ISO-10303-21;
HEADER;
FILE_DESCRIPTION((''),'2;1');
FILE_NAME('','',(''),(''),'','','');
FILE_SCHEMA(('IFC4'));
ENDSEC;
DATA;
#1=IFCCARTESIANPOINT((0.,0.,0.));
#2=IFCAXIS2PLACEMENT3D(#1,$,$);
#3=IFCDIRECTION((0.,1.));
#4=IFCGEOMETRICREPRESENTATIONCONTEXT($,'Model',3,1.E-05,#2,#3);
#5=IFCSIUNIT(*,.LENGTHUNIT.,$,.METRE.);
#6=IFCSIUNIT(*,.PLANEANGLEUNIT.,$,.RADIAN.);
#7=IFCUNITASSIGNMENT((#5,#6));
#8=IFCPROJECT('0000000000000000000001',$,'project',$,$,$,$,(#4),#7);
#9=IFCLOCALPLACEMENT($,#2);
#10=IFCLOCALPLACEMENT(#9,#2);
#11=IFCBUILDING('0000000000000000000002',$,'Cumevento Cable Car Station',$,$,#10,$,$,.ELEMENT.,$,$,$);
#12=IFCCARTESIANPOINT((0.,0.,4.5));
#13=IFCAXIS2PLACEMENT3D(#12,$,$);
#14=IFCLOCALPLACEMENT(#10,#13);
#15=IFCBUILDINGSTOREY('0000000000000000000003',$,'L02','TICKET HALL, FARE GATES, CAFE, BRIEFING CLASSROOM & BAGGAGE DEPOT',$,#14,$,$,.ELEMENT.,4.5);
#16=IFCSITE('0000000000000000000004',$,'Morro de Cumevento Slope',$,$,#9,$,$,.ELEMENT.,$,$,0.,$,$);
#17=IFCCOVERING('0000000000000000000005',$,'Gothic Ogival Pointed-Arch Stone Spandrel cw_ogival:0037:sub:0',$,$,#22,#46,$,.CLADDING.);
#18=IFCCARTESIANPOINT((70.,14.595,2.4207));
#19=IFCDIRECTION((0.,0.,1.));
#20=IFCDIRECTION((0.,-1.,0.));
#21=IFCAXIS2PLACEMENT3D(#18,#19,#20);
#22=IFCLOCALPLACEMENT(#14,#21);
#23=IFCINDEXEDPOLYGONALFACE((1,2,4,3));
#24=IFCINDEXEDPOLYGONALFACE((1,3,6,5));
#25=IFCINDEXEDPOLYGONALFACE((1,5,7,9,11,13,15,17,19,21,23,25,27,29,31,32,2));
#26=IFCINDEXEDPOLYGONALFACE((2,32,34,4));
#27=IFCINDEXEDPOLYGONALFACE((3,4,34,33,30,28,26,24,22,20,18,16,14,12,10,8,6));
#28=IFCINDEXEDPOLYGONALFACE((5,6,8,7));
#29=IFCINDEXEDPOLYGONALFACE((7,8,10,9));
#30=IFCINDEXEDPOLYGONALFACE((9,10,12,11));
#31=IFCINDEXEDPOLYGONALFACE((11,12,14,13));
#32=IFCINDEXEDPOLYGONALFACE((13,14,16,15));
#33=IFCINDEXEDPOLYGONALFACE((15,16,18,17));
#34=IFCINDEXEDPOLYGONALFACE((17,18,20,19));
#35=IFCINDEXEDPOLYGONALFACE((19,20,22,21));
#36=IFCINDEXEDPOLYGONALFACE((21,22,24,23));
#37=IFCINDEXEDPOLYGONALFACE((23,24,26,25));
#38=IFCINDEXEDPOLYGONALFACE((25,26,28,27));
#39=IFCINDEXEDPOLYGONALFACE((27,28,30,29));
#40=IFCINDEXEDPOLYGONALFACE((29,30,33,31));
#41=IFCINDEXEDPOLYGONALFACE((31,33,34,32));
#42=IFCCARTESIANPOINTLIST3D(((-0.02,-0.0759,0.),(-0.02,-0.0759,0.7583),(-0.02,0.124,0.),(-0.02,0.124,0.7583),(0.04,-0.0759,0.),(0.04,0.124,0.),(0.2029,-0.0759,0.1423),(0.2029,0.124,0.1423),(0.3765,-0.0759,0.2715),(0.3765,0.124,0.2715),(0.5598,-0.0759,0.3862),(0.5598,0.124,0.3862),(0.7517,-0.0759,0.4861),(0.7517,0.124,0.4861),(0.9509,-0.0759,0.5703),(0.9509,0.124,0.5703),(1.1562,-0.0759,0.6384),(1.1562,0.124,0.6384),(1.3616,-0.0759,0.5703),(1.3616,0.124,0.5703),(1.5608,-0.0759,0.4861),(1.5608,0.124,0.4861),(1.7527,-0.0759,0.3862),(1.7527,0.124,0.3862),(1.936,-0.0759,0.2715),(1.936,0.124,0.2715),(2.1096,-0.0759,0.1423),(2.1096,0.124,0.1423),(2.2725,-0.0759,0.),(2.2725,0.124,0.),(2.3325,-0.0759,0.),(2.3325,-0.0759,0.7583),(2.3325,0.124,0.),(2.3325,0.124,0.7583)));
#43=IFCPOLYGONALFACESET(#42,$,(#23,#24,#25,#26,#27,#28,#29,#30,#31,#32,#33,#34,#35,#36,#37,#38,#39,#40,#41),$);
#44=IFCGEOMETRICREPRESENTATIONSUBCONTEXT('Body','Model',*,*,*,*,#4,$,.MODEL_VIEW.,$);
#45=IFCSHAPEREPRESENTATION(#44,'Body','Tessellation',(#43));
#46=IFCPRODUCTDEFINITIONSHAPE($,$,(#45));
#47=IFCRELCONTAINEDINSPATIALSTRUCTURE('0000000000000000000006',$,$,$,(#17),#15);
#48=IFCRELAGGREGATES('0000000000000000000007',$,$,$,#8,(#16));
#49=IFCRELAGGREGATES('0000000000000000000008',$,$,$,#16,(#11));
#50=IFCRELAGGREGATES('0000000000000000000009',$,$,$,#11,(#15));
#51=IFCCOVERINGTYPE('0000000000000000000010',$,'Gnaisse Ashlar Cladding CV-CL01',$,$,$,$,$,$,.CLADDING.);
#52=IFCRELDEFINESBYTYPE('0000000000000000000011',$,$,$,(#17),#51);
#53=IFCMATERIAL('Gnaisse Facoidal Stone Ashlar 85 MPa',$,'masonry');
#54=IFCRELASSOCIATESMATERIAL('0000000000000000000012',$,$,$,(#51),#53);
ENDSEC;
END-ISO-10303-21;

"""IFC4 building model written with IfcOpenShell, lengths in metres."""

from ifc_helpers import new_model, si_unit, direction, frame, origin, place, context, subcontext, project, spatial, polyline, outline, extrude, material, type_object, element, save


model = new_model("IFC4")

# Units and contexts
model_context = context("Model", 3, precision=1e-05, world=origin(), true_north=direction((0.0, 1.0)))
body_context = subcontext(model_context, "Body", "Model", "MODEL_VIEW")
ifc_project = project(units=[si_unit("LENGTHUNIT", "METRE"), si_unit("PLANEANGLEUNIT", "RADIAN")], contexts=[model_context])

# Site, building, storey
site_placement = place(None, origin())
site = spatial("IfcSite", under=ifc_project, at=site_placement, Name="Morro de Cumevento Slope", CompositionType="ELEMENT", RefElevation=0.0)
building_placement = place(site_placement, origin())
building = spatial("IfcBuilding", under=site, at=building_placement, Name="Cumevento Cable Car Station", CompositionType="ELEMENT")
storey_placement = place(building_placement, frame((0.0, 0.0, 4.5)))
storey = spatial("IfcBuildingStorey", under=building, at=storey_placement, Name="L02", Description="TICKET HALL, FARE GATES, CAFE, BRIEFING CLASSROOM & BAGGAGE DEPOT", CompositionType="ELEMENT", Elevation=4.5)

# Covering
ifc_material_1 = material(Name="Gnaisse Facoidal Stone Ashlar 85 MPa", Category="masonry")
covering_type = type_object("IfcCoveringType", Name="Gnaisse Ashlar Cladding CV-CL01", PredefinedType="CLADDING", material=ifc_material_1)
covering_1_placement = place(storey_placement, frame((70.0, 14.595, 2.4207), z_axis=(0.0, 0.0, 1.0), x_axis=(0.0, -1.0, 0.0)))
element("IfcCovering", 1, at=covering_1_placement, inside=storey, type_object=covering_type, Name="Gothic Ogival Pointed-Arch Stone Spandrel cw_ogival:0037:sub:0", PredefinedType="CLADDING", context=body_context, shape_type="SweptSolid", body=[
    extrude(outline(polyline([(-0.02, 0.0), (-0.02, 0.7583), (2.3325, 0.7583), (2.3325, 0.0), (2.2725, 0.0), (2.1096, 0.1423), (1.936, 0.2715), (1.7527, 0.3862), (1.5608, 0.4861), (1.3616, 0.5703), (1.1562, 0.6384), (0.9509, 0.5703), (0.7517, 0.4861), (0.5598, 0.3862), (0.3765, 0.2715), (0.2029, 0.1423), (0.04, 0.0), (-0.02, 0.0)])), frame((0.0, 0.124, 0.0), z_axis=(0.0, -1.0, 0.0), x_axis=(1.0, 0.0, 0.0)), (0.0, 0.0, 1.0), 0.2),
])

save(model, "model.ifc")
